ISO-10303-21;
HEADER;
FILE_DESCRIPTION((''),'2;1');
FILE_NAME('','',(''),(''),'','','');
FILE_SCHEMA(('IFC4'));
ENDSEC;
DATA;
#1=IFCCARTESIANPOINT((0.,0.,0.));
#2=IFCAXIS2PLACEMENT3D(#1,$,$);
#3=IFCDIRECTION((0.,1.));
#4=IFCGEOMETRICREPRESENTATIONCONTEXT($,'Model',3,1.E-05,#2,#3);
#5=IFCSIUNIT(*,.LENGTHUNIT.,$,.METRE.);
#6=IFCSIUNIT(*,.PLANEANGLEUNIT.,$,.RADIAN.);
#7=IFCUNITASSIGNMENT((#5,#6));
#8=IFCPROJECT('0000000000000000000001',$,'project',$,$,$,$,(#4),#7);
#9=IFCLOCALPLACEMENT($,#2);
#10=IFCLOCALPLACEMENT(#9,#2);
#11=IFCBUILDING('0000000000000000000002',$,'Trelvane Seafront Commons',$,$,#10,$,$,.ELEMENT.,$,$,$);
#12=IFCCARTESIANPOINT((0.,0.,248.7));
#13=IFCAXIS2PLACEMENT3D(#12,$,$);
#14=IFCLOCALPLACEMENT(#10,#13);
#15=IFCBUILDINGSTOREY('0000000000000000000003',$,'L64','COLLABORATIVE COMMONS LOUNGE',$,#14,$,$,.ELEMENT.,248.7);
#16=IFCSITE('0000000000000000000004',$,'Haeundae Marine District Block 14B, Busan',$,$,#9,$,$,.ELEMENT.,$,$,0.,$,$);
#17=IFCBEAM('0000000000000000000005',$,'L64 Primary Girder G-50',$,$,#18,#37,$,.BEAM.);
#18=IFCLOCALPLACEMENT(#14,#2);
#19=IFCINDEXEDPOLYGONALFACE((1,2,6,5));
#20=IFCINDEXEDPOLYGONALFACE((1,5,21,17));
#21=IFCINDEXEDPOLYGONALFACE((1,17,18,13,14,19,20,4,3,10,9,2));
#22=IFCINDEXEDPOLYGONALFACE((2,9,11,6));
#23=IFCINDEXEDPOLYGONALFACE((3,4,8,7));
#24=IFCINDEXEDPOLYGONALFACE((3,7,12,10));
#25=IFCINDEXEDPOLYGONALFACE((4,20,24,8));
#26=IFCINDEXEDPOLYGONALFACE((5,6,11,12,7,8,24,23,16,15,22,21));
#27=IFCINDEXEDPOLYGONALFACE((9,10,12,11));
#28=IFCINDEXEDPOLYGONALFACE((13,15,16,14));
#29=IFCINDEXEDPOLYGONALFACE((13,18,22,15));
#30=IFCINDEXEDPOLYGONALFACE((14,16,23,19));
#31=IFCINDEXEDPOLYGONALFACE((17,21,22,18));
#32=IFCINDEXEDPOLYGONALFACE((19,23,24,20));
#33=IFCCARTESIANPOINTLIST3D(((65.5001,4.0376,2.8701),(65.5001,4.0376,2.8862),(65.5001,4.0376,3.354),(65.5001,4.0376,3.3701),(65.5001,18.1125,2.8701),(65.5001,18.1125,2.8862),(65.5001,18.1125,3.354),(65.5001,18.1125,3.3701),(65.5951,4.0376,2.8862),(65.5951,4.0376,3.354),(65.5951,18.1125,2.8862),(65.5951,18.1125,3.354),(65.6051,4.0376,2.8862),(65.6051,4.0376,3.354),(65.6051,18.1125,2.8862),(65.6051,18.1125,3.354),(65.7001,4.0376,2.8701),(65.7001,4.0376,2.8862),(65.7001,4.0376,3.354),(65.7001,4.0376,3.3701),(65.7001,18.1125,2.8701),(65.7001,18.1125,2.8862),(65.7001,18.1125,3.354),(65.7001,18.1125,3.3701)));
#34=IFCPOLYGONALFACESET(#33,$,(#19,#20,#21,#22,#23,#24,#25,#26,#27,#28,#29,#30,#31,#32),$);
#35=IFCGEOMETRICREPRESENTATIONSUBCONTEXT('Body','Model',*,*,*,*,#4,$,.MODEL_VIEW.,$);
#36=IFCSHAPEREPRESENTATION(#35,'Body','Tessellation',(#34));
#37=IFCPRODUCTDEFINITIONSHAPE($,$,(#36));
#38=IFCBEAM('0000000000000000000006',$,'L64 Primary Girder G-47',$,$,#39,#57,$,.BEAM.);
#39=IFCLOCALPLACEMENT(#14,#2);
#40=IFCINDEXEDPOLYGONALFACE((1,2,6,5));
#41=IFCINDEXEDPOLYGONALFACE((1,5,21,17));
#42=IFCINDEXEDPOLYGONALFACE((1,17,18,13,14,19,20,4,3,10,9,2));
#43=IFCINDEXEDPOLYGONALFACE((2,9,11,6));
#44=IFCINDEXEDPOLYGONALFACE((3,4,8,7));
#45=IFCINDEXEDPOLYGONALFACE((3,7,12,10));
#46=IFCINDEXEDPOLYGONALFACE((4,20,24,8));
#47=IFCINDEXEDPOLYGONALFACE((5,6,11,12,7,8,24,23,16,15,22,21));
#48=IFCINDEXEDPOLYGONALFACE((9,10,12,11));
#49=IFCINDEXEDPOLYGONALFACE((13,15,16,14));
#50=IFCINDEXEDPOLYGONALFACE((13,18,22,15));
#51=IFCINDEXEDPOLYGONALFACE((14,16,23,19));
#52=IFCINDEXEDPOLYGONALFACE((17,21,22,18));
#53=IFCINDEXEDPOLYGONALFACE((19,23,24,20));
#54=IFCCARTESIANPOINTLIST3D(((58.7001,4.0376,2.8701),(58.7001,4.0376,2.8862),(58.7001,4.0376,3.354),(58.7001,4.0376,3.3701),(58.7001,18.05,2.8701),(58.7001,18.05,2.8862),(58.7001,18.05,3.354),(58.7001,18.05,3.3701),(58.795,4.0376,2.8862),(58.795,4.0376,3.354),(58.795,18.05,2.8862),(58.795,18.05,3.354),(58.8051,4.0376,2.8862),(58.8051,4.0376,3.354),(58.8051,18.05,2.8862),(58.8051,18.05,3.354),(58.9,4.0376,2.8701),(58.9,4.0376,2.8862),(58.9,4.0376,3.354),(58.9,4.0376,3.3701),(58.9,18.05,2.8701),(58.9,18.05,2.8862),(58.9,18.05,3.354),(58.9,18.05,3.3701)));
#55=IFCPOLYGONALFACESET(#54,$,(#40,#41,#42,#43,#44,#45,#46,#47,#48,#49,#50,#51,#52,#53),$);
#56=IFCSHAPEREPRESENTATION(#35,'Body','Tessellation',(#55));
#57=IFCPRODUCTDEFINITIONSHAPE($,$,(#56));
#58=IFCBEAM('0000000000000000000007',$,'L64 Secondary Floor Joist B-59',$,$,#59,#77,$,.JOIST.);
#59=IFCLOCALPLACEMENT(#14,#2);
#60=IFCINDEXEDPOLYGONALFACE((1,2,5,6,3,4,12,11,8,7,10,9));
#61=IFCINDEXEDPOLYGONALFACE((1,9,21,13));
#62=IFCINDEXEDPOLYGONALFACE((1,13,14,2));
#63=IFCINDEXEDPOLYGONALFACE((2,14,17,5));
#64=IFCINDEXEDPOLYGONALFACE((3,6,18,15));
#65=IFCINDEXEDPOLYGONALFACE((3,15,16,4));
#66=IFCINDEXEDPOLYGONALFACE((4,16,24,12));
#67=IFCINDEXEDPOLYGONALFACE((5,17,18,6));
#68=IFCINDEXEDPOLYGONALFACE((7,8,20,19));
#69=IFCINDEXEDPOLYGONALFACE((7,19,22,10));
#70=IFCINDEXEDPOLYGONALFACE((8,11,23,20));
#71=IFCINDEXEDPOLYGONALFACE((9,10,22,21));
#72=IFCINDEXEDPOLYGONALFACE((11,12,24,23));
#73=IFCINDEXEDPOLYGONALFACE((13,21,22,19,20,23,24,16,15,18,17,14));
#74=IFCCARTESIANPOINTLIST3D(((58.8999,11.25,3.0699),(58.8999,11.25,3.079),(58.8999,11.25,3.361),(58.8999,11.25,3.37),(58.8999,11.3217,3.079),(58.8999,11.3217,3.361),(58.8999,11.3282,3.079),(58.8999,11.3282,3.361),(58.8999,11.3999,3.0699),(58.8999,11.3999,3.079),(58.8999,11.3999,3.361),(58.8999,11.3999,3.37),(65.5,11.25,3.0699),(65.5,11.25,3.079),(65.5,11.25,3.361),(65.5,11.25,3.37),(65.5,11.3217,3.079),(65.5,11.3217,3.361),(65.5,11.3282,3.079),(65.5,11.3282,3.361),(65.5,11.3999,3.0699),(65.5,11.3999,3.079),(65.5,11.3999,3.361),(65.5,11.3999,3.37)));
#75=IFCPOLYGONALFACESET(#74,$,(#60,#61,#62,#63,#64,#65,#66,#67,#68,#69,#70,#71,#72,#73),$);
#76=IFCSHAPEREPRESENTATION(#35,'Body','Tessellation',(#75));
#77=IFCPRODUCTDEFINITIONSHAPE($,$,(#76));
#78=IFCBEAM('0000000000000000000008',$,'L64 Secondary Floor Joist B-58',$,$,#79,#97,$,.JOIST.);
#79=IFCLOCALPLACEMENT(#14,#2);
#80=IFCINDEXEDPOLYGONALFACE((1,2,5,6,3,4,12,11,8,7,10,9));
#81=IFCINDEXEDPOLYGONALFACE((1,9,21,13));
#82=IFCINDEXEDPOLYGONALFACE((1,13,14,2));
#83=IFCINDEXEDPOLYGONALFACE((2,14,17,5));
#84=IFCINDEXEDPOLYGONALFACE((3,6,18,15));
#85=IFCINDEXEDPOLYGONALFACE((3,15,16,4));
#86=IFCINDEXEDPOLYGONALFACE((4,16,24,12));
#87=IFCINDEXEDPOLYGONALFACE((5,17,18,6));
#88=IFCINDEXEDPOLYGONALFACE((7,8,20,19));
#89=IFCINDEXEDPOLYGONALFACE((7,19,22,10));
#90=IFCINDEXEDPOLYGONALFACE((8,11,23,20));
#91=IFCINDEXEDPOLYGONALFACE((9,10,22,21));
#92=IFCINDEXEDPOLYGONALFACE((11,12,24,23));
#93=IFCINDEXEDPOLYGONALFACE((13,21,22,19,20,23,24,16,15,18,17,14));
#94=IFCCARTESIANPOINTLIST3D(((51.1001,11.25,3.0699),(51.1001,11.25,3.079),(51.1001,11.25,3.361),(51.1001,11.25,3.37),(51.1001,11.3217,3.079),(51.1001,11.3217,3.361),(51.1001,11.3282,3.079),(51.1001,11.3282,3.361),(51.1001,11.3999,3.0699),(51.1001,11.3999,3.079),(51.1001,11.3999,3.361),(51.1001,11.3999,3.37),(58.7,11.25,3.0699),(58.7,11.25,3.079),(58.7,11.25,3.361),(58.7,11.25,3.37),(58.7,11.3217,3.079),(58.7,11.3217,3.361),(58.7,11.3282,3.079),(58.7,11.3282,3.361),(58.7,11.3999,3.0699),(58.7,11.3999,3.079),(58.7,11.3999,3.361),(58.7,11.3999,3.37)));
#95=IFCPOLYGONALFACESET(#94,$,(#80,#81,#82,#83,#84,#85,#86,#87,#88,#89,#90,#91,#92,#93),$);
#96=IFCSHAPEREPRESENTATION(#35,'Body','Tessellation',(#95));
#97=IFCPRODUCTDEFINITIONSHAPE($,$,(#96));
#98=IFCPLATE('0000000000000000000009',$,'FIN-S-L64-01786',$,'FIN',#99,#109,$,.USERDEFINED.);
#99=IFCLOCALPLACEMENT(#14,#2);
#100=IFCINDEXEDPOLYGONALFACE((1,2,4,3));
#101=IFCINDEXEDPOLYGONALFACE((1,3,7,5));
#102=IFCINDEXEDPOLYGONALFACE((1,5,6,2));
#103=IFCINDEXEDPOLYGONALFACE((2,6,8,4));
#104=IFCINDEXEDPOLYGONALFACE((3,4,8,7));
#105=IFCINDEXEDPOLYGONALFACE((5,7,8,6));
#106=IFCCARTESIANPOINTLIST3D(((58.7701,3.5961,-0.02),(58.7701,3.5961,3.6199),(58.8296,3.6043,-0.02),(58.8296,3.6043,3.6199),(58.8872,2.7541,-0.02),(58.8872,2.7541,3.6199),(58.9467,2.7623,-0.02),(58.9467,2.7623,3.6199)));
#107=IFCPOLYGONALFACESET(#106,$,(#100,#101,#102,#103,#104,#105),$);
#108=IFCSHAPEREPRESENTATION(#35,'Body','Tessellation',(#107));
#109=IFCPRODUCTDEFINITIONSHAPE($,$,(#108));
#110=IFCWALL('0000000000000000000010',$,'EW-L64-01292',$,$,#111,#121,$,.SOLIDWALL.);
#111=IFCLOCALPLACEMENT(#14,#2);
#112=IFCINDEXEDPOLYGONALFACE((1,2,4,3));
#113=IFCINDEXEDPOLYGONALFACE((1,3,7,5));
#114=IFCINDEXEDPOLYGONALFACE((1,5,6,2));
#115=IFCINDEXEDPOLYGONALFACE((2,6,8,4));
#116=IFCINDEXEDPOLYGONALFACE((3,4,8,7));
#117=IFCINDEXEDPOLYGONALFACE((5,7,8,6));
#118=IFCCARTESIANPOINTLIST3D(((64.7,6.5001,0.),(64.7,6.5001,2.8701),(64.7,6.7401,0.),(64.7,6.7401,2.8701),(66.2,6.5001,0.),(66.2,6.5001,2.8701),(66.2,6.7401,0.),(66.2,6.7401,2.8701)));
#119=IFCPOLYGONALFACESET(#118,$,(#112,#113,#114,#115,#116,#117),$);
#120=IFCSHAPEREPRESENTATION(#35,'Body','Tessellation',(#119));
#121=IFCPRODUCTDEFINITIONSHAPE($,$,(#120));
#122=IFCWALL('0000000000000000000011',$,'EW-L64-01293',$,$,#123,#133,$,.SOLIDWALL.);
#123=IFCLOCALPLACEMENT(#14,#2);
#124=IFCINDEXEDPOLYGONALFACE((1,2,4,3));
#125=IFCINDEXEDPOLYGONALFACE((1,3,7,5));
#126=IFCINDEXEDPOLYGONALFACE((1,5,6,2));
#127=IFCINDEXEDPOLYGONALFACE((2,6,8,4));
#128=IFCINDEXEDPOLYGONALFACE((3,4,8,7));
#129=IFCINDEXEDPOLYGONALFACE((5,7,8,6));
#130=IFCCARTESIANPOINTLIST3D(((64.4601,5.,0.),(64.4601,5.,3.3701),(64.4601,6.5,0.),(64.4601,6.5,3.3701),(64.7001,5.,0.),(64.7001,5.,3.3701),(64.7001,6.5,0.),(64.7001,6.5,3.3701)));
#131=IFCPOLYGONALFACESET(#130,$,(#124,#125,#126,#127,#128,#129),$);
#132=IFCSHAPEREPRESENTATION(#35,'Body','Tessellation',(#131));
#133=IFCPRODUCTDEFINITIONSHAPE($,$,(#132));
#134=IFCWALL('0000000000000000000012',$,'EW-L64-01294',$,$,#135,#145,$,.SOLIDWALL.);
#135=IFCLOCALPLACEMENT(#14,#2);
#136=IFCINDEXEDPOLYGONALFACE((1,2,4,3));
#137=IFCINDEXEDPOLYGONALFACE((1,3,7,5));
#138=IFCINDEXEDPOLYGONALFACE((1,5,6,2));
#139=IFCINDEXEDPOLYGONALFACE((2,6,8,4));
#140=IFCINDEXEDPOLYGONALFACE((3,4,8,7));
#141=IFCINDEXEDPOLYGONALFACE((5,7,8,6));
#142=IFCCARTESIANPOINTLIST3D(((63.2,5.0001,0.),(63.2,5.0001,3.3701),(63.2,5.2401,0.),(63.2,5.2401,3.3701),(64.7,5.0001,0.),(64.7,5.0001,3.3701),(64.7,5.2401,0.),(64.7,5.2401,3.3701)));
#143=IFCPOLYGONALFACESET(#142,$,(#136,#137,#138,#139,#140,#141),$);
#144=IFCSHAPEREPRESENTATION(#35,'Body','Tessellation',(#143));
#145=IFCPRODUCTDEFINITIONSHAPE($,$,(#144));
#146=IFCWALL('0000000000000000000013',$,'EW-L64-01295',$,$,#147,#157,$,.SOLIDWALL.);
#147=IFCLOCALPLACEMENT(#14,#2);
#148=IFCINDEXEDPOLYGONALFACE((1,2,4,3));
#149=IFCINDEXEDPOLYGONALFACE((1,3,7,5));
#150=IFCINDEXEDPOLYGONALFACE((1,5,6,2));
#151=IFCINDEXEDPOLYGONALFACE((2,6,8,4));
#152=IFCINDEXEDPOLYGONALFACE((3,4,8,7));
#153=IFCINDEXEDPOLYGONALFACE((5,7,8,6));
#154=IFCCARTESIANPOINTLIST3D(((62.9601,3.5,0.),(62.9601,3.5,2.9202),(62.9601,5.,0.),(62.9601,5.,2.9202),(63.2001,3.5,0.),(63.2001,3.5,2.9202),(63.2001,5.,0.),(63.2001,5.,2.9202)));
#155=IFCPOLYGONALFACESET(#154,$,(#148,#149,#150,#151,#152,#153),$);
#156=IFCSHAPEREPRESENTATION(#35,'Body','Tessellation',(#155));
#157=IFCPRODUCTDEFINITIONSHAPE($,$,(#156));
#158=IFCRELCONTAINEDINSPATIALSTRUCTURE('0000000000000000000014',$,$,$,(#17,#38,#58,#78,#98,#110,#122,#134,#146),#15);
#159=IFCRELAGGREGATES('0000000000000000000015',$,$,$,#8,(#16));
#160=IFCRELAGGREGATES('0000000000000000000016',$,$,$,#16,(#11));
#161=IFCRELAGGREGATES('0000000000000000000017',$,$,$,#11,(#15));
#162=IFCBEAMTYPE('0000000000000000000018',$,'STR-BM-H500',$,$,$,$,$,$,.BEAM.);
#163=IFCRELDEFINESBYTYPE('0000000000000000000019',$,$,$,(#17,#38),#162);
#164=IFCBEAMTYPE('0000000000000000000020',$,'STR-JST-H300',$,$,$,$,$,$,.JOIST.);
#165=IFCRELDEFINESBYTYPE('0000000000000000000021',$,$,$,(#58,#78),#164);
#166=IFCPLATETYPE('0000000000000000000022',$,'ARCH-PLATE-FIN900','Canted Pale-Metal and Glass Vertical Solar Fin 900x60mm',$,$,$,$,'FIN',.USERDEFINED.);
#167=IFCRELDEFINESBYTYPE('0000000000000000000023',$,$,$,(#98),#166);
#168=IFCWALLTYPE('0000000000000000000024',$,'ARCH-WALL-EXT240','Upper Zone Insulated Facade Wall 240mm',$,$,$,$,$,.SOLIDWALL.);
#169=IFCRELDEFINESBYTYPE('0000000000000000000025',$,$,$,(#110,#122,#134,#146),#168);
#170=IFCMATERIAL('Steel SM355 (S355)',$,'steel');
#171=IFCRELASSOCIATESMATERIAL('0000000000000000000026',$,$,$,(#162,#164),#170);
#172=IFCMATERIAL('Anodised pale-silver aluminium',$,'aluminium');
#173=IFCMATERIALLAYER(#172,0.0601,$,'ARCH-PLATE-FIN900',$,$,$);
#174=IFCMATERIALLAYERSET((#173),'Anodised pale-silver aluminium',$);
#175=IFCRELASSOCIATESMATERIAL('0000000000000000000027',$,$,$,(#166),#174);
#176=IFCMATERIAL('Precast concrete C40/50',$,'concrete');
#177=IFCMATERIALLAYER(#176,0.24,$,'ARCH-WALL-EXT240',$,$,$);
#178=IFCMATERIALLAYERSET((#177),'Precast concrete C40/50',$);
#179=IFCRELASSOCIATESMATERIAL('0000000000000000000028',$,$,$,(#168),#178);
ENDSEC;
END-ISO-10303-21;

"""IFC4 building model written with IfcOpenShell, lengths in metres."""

from ifc_helpers import new_model, si_unit, direction, frame, frame_2d, origin, origin_2d, place, context, subcontext, project, spatial, rectangle, i_section, extrude, source, transform, mapped, material, layer, layer_set, material_profile, profile_set, type_object, element, save


model = new_model("IFC4")

# Units and contexts
model_context = context("Model", 3, precision=1e-05, world=origin(), true_north=direction((0.0, 1.0)))
body_context = subcontext(model_context, "Body", "Model", "MODEL_VIEW")
ifc_project = project(units=[si_unit("LENGTHUNIT", "METRE"), si_unit("PLANEANGLEUNIT", "RADIAN")], contexts=[model_context])

# Site, building, storey
site_placement = place(None, origin())
site = spatial("IfcSite", under=ifc_project, at=site_placement, Name="Haeundae Marine District Block 14B, Busan", CompositionType="ELEMENT", RefElevation=0.0)
building_placement = place(site_placement, origin())
building = spatial("IfcBuilding", under=site, at=building_placement, Name="Trelvane Seafront Commons", CompositionType="ELEMENT")
storey_placement = place(building_placement, frame((0.0, 0.0, 248.7)))
storey = spatial("IfcBuildingStorey", under=building, at=storey_placement, Name="L64", Description="COLLABORATIVE COMMONS LOUNGE", CompositionType="ELEMENT", Elevation=248.7)

# Shared definitions
ifc_material_1 = material(Name="Steel SM355 (S355)", Category="steel")

# Beams
ifc_material_profile_1 = material_profile(ifc_material_1, i_section(OverallWidth=0.2, OverallDepth=0.5, WebThickness=0.01, FlangeThickness=0.0161, at=origin_2d()), Name="H-500x200x10x16")
ifc_profile_set_1 = profile_set([ifc_material_profile_1], Name="Steel SM355 (S355)")
beam_type_1 = type_object("IfcBeamType", Name="STR-BM-H500", PredefinedType="BEAM", material=ifc_profile_set_1)
shared_shape_1 = source(origin(), body_context, "Body", "SweptSolid", [
    extrude(i_section(OverallWidth=0.2, OverallDepth=0.5, WebThickness=0.01, FlangeThickness=0.0161, at=origin_2d()), origin(), (0.0, 0.0, 1.0), 14.075),
])
beam_1_placement = place(storey_placement, frame((65.6001, 4.0376, 3.1201), z_axis=(0.0, 1.0, 0.0), x_axis=(-1.0, 0.0, 0.0)))
element("IfcBeam", 1, at=beam_1_placement, inside=storey, type_object=beam_type_1, Name="L64 Primary Girder G-50", PredefinedType="BEAM", context=body_context, shape_type="MappedRepresentation", body=[
    mapped(shared_shape_1, transform((0.0, 0.0, 0.0), x_axis=(1.0, 0.0, 0.0), y_axis=(0.0, 1.0, 0.0), z_axis=(0.0, 0.0, 1.0), scale=1.0)),
])
shared_shape_2 = source(origin(), body_context, "Body", "SweptSolid", [
    extrude(i_section(OverallWidth=0.2, OverallDepth=0.5, WebThickness=0.01, FlangeThickness=0.0161, at=origin_2d()), origin(), (0.0, 0.0, 1.0), 14.0125),
])
beam_2_placement = place(storey_placement, frame((58.8, 4.0376, 3.1201), z_axis=(0.0, 1.0, 0.0), x_axis=(-1.0, 0.0, 0.0)))
element("IfcBeam", 2, at=beam_2_placement, inside=storey, type_object=beam_type_1, Name="L64 Primary Girder G-47", PredefinedType="BEAM", context=body_context, shape_type="MappedRepresentation", body=[
    mapped(shared_shape_2, transform((0.0, 0.0, 0.0), x_axis=(1.0, 0.0, 0.0), y_axis=(0.0, 1.0, 0.0), z_axis=(0.0, 0.0, 1.0), scale=1.0)),
])
ifc_material_profile_2 = material_profile(ifc_material_1, i_section(OverallWidth=0.1499, OverallDepth=0.3, WebThickness=0.0066, FlangeThickness=0.009, at=origin_2d()), Name="H-300x150x6.5x9")
ifc_profile_set_2 = profile_set([ifc_material_profile_2], Name="Steel SM355 (S355)")
beam_type_2 = type_object("IfcBeamType", Name="STR-JST-H300", PredefinedType="JOIST", material=ifc_profile_set_2)
shared_shape_3 = source(origin(), body_context, "Body", "SweptSolid", [
    extrude(i_section(OverallWidth=0.1499, OverallDepth=0.3, WebThickness=0.0066, FlangeThickness=0.009, at=origin_2d()), origin(), (0.0, 0.0, 1.0), 6.6001),
])
beam_3_placement = place(storey_placement, frame((58.8999, 11.325, 3.22), z_axis=(1.0, 0.0, 0.0), x_axis=(0.0, 1.0, 0.0)))
element("IfcBeam", 3, at=beam_3_placement, inside=storey, type_object=beam_type_2, Name="L64 Secondary Floor Joist B-59", PredefinedType="JOIST", context=body_context, shape_type="MappedRepresentation", body=[
    mapped(shared_shape_3, transform((0.0, 0.0, 0.0), x_axis=(1.0, 0.0, 0.0), y_axis=(0.0, 1.0, 0.0), z_axis=(0.0, 0.0, 1.0), scale=1.0)),
])
shared_shape_4 = source(origin(), body_context, "Body", "SweptSolid", [
    extrude(i_section(OverallWidth=0.1499, OverallDepth=0.3, WebThickness=0.0066, FlangeThickness=0.009, at=origin_2d()), origin(), (0.0, 0.0, 1.0), 7.5999),
])
beam_4_placement = place(storey_placement, frame((51.1001, 11.325, 3.22), z_axis=(1.0, 0.0, 0.0), x_axis=(0.0, 1.0, 0.0)))
element("IfcBeam", 4, at=beam_4_placement, inside=storey, type_object=beam_type_2, Name="L64 Secondary Floor Joist B-58", PredefinedType="JOIST", context=body_context, shape_type="MappedRepresentation", body=[
    mapped(shared_shape_4, transform((0.0, 0.0, 0.0), x_axis=(1.0, 0.0, 0.0), y_axis=(0.0, 1.0, 0.0), z_axis=(0.0, 0.0, 1.0), scale=1.0)),
])

# Plate
ifc_material_2 = material(Name="Anodised pale-silver aluminium", Category="aluminium")
ifc_layer_1 = layer(ifc_material_2, 0.0601, Name="ARCH-PLATE-FIN900")
ifc_layer_set_1 = layer_set([ifc_layer_1], Name="Anodised pale-silver aluminium")
plate_type = type_object("IfcPlateType", Name="ARCH-PLATE-FIN900", Description="Canted Pale-Metal and Glass Vertical Solar Fin 900x60mm", ElementType="FIN", PredefinedType="USERDEFINED", material=ifc_layer_set_1)
shared_shape_5 = source(origin(), body_context, "Body", "SweptSolid", [
    extrude(rectangle(XDim=0.8501, YDim=0.0601, at=origin_2d()), origin(), (0.0, 0.0, 1.0), 3.6399),
])
plate_placement = place(storey_placement, frame((58.8584, 3.1792, -0.02), z_axis=(0.0, 0.0, 1.0), x_axis=(0.137764, -0.990465, 0.0)))
element("IfcPlate", 5, at=plate_placement, inside=storey, type_object=plate_type, Name="FIN-S-L64-01786", ObjectType="FIN", PredefinedType="USERDEFINED", context=body_context, shape_type="MappedRepresentation", body=[
    mapped(shared_shape_5, transform((0.0, 0.0, 0.0), x_axis=(1.0, 0.0, 0.0), y_axis=(0.0, 1.0, 0.0), z_axis=(0.0, 0.0, 1.0), scale=1.0)),
])

# Walls
ifc_material_3 = material(Name="Precast concrete C40/50", Category="concrete")
ifc_layer_2 = layer(ifc_material_3, 0.24, Name="ARCH-WALL-EXT240")
ifc_layer_set_2 = layer_set([ifc_layer_2], Name="Precast concrete C40/50")
wall_type_1 = type_object("IfcWallType", Name="ARCH-WALL-EXT240", Description="Upper Zone Insulated Facade Wall 240mm", PredefinedType="SOLIDWALL", material=ifc_layer_set_2)
wall_1_placement = place(storey_placement, frame((66.2, 6.6201, 0.0), z_axis=(0.0, 0.0, 1.0), x_axis=(-1.0, 0.0, 0.0)))
element("IfcWall", 6, at=wall_1_placement, inside=storey, type_object=wall_type_1, Name="EW-L64-01292", PredefinedType="SOLIDWALL", context=body_context, shape_type="SweptSolid", body=[
    extrude(rectangle(XDim=1.5, YDim=0.24, at=frame_2d((0.75, 0.0))), origin(), (0.0, 0.0, 1.0), 2.8701),
])
for number, where, z_axis, x_axis, name in (
    (7, (64.5801, 6.5, 0.0), (0.0, 0.0, 1.0), (0.0, -1.0, 0.0), "EW-L64-01293"),
    (8, (64.7, 5.1201, 0.0), (0.0, 0.0, 1.0), (-1.0, 0.0, 0.0), "EW-L64-01294"),
):
    element("IfcWall", number, at=place(storey_placement, frame(where, z_axis=z_axis, x_axis=x_axis)), inside=storey, type_object=wall_type_1, Name=name, PredefinedType="SOLIDWALL", context=body_context, shape_type="SweptSolid", body=[
        extrude(rectangle(XDim=1.5, YDim=0.24, at=frame_2d((0.75, 0.0))), origin(), (0.0, 0.0, 1.0), 3.3701),
    ])
wall_2_placement = place(storey_placement, frame((63.0801, 5.0, 0.0), z_axis=(0.0, 0.0, 1.0), x_axis=(0.0, -1.0, 0.0)))
element("IfcWall", 9, at=wall_2_placement, inside=storey, type_object=wall_type_1, Name="EW-L64-01295", PredefinedType="SOLIDWALL", context=body_context, shape_type="SweptSolid", body=[
    extrude(rectangle(XDim=1.5, YDim=0.24, at=frame_2d((0.75, 0.0))), origin(), (0.0, 0.0, 1.0), 2.9202),
])

save(model, "model.ifc")
